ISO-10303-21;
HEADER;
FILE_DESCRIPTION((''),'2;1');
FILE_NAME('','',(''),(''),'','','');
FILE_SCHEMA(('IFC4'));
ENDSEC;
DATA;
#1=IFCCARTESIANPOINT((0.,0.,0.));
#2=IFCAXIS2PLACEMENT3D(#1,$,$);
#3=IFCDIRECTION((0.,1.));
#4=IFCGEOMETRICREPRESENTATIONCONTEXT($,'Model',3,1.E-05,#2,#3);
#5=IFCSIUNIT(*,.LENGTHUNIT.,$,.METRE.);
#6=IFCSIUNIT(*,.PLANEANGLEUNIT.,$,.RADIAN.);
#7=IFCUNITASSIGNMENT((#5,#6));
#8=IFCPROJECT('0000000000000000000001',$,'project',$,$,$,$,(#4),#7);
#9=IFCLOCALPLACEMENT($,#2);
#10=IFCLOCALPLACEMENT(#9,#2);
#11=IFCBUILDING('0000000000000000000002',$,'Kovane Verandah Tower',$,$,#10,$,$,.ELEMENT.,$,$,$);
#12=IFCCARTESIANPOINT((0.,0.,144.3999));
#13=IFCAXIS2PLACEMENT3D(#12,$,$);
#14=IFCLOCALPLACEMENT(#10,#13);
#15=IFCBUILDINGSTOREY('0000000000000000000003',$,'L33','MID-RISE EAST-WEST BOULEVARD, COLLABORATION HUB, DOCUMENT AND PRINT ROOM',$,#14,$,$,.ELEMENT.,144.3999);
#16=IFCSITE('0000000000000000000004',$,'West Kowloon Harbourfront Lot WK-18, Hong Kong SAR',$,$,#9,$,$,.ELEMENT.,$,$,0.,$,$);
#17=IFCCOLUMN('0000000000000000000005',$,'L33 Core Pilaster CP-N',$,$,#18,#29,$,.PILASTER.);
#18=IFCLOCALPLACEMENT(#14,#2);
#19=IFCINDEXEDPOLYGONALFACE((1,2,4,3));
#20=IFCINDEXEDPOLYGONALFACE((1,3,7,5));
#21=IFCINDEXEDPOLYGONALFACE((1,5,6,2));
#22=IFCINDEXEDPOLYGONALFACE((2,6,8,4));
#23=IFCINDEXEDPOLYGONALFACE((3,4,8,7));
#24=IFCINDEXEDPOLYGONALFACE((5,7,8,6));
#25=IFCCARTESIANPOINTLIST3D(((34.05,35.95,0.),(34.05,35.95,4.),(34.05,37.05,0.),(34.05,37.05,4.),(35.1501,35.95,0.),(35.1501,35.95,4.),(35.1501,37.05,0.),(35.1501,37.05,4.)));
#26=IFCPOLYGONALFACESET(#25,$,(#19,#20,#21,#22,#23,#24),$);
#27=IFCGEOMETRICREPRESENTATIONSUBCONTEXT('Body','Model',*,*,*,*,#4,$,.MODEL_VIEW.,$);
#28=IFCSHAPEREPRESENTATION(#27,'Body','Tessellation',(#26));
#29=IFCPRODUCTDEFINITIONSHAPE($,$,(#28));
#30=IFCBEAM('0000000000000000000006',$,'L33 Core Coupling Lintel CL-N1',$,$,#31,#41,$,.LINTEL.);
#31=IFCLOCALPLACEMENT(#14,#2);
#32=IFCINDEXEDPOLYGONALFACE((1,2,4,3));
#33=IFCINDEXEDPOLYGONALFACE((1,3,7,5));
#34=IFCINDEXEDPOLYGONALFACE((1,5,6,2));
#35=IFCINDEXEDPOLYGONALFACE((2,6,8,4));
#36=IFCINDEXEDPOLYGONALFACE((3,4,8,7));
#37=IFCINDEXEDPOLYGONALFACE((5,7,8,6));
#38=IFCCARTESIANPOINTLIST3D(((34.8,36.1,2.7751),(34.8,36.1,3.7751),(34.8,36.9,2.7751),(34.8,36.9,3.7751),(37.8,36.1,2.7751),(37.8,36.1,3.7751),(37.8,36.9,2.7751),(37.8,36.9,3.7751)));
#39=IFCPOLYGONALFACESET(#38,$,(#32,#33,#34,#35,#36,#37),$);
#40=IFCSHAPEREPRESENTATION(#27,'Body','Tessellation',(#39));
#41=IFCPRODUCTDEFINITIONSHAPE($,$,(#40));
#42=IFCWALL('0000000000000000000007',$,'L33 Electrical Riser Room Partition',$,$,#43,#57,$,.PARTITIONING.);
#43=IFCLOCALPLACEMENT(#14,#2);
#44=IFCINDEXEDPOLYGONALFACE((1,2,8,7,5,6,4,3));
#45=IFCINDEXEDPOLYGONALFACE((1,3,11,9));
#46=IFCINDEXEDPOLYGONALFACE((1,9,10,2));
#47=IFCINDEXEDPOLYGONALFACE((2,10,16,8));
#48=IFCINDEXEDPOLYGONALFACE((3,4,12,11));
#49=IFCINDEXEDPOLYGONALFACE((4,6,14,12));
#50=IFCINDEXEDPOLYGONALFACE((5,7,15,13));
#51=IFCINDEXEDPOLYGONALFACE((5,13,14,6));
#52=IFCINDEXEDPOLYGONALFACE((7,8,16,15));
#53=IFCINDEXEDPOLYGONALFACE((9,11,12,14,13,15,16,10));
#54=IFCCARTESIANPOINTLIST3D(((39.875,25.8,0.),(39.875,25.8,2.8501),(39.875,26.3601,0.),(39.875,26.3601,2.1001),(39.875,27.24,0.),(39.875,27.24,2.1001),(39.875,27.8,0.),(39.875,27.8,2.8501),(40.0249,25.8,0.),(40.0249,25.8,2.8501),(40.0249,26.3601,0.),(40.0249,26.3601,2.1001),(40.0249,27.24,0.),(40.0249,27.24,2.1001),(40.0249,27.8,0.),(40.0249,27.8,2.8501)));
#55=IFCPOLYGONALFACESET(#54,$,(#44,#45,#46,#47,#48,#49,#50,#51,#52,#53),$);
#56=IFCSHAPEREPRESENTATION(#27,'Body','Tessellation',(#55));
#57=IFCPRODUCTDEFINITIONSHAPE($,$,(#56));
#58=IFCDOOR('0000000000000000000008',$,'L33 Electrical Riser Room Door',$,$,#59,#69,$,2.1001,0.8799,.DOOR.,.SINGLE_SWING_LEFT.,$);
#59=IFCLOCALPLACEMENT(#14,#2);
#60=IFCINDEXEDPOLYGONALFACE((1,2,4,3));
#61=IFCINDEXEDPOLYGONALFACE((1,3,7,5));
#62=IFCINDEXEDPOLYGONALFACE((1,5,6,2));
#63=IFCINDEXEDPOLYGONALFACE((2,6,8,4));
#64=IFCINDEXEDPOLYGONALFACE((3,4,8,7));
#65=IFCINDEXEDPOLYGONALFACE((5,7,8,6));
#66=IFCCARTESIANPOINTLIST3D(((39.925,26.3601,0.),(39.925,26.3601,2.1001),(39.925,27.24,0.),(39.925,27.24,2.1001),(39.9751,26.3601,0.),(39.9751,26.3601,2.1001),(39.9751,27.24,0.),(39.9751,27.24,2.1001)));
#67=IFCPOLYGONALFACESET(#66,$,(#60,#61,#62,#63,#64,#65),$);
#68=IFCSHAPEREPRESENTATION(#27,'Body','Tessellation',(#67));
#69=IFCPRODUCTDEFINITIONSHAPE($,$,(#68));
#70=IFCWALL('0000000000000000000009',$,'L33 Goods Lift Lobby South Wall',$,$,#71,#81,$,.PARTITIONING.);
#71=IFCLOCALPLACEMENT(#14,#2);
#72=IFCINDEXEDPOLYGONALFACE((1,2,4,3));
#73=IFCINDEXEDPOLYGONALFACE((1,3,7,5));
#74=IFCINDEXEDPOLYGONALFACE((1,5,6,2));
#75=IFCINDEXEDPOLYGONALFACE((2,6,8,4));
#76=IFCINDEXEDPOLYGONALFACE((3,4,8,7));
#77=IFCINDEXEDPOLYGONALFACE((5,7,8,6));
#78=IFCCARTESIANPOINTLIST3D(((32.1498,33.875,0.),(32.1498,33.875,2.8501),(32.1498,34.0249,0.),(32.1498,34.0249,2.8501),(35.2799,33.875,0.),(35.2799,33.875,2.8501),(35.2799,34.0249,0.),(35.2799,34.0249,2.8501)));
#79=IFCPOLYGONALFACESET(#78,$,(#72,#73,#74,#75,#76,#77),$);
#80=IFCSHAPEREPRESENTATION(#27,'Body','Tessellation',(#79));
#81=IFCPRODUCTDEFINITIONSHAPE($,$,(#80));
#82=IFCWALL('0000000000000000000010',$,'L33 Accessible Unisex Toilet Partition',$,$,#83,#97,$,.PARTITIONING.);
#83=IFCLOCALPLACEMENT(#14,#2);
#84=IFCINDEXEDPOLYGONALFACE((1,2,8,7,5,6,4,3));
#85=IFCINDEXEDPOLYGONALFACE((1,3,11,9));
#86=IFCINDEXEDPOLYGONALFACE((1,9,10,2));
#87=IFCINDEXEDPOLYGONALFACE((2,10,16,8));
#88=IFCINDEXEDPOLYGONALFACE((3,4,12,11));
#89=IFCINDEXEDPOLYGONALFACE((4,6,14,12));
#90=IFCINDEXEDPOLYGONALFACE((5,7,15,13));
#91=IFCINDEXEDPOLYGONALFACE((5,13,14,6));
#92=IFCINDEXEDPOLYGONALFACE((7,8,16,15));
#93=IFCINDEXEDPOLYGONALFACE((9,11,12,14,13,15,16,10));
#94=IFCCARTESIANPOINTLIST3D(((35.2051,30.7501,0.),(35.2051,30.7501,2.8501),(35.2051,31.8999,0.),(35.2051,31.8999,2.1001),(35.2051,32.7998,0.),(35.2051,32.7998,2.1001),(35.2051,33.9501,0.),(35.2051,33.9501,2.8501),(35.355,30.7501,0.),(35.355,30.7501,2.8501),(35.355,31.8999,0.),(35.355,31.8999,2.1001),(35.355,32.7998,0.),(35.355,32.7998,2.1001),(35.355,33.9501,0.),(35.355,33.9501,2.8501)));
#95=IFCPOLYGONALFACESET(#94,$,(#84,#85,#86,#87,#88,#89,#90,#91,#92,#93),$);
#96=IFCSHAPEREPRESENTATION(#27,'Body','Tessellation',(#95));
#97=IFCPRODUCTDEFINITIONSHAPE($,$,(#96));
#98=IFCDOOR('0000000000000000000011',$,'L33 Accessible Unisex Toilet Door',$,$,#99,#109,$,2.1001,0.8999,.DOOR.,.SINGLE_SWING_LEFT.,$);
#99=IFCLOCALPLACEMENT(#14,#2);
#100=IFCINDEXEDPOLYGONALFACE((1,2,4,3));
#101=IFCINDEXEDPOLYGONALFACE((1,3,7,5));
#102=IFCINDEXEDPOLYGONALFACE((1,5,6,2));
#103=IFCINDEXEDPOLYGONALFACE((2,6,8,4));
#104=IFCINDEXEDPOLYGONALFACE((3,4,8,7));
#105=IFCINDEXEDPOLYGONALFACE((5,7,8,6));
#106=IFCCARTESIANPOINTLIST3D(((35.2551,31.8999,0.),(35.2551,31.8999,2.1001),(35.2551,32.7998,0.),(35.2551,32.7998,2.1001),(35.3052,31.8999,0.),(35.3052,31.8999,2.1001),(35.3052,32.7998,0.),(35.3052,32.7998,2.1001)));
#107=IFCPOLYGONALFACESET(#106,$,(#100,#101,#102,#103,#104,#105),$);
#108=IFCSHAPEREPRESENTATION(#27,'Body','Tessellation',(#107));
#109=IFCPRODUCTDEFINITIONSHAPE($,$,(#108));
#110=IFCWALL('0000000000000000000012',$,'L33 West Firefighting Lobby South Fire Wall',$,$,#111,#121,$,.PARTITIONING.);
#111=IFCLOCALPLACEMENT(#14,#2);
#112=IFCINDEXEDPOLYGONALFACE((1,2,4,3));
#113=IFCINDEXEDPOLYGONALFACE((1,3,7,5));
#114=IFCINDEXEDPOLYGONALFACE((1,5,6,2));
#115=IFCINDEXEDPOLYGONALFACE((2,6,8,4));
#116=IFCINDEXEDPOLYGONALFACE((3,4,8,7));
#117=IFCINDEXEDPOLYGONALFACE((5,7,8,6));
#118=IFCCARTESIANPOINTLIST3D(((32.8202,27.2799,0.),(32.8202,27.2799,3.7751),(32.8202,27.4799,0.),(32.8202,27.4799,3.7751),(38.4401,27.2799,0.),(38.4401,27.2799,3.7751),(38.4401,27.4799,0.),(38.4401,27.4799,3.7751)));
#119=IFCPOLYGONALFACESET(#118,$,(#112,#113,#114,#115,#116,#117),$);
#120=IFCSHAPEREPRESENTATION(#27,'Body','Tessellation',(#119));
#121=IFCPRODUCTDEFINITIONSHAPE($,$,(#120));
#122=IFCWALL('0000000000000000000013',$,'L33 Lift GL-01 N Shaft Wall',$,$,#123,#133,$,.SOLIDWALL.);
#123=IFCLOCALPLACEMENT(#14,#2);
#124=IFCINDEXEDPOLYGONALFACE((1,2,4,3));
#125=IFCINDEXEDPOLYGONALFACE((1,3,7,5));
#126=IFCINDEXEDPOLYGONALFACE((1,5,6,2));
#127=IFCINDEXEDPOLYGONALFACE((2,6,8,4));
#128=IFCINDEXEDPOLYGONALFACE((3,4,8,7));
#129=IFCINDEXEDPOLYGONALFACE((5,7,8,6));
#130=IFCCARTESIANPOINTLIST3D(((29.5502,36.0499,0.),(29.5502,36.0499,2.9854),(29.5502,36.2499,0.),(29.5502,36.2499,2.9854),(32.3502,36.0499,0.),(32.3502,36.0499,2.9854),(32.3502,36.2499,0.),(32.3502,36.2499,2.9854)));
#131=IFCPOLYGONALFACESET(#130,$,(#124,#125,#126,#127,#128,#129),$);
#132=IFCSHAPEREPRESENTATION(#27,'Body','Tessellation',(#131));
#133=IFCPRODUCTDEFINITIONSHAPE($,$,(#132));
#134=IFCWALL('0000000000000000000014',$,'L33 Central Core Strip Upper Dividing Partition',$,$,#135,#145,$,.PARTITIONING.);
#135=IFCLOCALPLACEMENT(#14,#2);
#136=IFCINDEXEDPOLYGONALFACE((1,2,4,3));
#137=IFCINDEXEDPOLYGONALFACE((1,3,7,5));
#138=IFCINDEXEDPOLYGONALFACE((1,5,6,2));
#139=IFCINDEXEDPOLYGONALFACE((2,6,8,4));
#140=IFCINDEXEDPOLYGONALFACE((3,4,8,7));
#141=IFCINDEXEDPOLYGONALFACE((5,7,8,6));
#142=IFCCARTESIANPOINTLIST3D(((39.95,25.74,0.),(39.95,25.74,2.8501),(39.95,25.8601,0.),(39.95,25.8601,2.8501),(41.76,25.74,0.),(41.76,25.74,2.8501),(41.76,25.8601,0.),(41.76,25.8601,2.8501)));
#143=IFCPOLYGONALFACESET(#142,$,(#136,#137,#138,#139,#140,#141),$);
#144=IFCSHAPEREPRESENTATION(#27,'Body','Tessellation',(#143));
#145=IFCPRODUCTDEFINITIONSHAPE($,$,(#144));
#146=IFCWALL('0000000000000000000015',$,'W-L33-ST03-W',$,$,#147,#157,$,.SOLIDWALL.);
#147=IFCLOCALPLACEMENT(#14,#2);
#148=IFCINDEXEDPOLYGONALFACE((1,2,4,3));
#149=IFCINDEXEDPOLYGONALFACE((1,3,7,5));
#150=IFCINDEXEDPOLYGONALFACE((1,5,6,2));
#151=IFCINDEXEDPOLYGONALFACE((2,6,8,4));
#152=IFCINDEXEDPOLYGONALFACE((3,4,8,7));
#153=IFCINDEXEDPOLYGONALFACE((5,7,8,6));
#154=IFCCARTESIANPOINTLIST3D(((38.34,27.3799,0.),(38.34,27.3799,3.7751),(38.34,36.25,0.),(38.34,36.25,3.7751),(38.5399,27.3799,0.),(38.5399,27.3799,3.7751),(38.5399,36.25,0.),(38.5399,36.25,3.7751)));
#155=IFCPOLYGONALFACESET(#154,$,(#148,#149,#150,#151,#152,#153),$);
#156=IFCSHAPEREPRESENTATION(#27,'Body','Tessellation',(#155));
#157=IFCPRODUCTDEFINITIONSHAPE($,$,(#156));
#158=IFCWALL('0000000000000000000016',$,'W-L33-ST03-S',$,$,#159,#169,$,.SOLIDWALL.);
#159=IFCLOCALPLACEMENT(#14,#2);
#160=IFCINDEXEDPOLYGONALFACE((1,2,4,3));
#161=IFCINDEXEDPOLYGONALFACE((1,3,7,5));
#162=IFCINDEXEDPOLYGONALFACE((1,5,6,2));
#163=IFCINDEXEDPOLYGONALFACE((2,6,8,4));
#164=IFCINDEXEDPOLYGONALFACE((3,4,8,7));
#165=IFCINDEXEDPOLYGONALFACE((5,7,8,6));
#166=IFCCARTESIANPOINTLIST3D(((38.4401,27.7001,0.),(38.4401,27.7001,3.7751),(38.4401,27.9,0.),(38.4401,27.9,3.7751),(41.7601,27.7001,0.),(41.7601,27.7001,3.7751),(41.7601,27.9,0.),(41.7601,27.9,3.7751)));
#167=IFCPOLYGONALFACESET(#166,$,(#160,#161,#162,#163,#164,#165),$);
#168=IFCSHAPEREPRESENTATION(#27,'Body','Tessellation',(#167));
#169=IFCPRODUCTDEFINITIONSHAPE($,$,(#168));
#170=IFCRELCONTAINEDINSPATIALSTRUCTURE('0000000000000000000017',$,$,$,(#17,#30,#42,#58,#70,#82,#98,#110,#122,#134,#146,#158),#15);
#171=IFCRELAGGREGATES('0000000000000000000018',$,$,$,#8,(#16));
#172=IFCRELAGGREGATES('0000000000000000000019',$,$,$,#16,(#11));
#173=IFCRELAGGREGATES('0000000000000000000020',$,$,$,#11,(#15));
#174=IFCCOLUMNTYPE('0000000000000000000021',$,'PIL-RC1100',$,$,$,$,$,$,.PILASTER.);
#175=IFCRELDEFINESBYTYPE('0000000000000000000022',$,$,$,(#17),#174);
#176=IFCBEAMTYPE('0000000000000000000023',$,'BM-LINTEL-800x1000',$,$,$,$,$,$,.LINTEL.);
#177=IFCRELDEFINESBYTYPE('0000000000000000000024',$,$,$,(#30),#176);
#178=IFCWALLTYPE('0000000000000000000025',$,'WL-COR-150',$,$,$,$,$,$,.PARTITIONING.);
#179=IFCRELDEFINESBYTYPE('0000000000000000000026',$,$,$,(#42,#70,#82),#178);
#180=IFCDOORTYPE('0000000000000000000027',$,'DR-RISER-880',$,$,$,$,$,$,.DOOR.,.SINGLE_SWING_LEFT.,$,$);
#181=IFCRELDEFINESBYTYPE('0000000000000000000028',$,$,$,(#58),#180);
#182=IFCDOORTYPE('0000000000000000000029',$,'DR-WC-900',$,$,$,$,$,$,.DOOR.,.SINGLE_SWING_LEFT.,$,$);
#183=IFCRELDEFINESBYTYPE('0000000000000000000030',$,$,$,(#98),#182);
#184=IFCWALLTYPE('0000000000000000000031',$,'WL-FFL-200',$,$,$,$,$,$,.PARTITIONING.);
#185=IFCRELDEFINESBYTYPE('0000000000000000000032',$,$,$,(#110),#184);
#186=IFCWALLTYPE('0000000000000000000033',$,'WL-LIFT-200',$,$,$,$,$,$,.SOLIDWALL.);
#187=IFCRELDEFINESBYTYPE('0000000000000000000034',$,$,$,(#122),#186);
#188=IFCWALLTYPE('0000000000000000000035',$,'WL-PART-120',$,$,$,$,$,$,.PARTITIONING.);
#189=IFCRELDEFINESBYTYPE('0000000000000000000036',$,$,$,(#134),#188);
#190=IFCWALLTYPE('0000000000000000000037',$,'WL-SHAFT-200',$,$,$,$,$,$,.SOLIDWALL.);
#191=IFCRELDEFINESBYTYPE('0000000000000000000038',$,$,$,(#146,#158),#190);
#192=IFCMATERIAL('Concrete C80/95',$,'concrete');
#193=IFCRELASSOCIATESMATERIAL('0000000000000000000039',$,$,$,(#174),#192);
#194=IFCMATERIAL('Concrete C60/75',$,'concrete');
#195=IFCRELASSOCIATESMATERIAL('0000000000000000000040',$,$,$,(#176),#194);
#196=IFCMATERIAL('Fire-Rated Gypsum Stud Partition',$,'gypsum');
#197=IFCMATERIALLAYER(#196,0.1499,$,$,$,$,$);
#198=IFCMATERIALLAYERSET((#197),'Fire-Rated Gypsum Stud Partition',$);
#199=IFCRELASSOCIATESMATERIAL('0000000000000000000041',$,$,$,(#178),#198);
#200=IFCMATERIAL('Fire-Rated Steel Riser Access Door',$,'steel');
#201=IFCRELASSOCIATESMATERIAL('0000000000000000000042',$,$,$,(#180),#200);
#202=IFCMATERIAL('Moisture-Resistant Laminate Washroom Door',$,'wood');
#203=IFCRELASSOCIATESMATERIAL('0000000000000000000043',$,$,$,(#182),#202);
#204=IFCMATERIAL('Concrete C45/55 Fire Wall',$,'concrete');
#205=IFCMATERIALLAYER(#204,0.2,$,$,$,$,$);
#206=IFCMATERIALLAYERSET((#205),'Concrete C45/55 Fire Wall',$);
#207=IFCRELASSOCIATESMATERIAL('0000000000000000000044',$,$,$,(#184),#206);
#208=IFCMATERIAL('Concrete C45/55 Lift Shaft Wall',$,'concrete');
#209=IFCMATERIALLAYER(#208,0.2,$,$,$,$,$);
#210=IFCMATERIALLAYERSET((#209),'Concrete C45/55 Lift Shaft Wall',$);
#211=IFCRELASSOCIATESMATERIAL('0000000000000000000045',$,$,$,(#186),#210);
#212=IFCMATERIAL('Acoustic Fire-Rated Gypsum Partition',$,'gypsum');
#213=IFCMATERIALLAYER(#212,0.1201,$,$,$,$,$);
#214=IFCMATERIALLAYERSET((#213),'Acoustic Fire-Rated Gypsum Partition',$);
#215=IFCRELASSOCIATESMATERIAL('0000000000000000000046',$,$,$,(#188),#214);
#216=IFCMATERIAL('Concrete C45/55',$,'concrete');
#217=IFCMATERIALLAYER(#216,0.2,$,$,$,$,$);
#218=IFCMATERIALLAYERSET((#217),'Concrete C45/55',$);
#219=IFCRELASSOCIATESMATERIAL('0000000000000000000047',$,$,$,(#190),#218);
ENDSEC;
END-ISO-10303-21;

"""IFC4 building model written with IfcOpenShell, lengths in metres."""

from ifc_helpers import new_model, si_unit, direction, frame, frame_2d, origin, origin_2d, place, context, subcontext, project, spatial, rectangle, extrude, material, layer, layer_set, material_profile, profile_set, type_object, element, fill, save


model = new_model("IFC4")

# Units and contexts
model_context = context("Model", 3, precision=1e-05, world=origin(), true_north=direction((0.0, 1.0)))
body_context = subcontext(model_context, "Body", "Model", "MODEL_VIEW")
ifc_project = project(units=[si_unit("LENGTHUNIT", "METRE"), si_unit("PLANEANGLEUNIT", "RADIAN")], contexts=[model_context])

# Site, building, storey
site_placement = place(None, origin())
site = spatial("IfcSite", under=ifc_project, at=site_placement, Name="West Kowloon Harbourfront Lot WK-18, Hong Kong SAR", CompositionType="ELEMENT", RefElevation=0.0)
building_placement = place(site_placement, origin())
building = spatial("IfcBuilding", under=site, at=building_placement, Name="Kovane Verandah Tower", CompositionType="ELEMENT")
storey_placement = place(building_placement, frame((0.0, 0.0, 144.3999)))
storey = spatial("IfcBuildingStorey", under=building, at=storey_placement, Name="L33", Description="MID-RISE EAST-WEST BOULEVARD, COLLABORATION HUB, DOCUMENT AND PRINT ROOM", CompositionType="ELEMENT", Elevation=144.3999)

# Column
ifc_material_1 = material(Name="Concrete C80/95", Category="concrete")
ifc_material_profile_1 = material_profile(ifc_material_1, rectangle(XDim=1.1001, YDim=1.1001, at=origin_2d()), Name="RC1100x1100")
ifc_profile_set_1 = profile_set([ifc_material_profile_1], Name="Concrete C80/95")
column_type = type_object("IfcColumnType", Name="PIL-RC1100", PredefinedType="PILASTER", material=ifc_profile_set_1)
column_placement = place(storey_placement, frame((34.6001, 36.5, 0.0), z_axis=(0.0, 0.0, 1.0), x_axis=(1.0, 0.0, 0.0)))
element("IfcColumn", 1, at=column_placement, inside=storey, type_object=column_type, Name="L33 Core Pilaster CP-N", PredefinedType="PILASTER", context=body_context, shape_type="SweptSolid", body=[
    extrude(rectangle(XDim=1.1001, YDim=1.1001, at=origin_2d()), origin(), (0.0, 0.0, 1.0), 4.0),
])

# Beam
ifc_material_2 = material(Name="Concrete C60/75", Category="concrete")
ifc_material_profile_2 = material_profile(ifc_material_2, rectangle(XDim=0.8, YDim=1.0, at=origin_2d()), Name="RCB800x1000")
ifc_profile_set_2 = profile_set([ifc_material_profile_2], Name="Concrete C60/75")
beam_type = type_object("IfcBeamType", Name="BM-LINTEL-800x1000", PredefinedType="LINTEL", material=ifc_profile_set_2)
beam_placement = place(storey_placement, frame((34.8, 36.5, 3.2751), z_axis=(1.0, 0.0, 0.0), x_axis=(0.0, 1.0, 0.0)))
element("IfcBeam", 2, at=beam_placement, inside=storey, type_object=beam_type, Name="L33 Core Coupling Lintel CL-N1", PredefinedType="LINTEL", context=body_context, shape_type="SweptSolid", body=[
    extrude(rectangle(XDim=0.8, YDim=1.0, at=origin_2d()), origin(), (0.0, 0.0, 1.0), 3.0),
])

# Wall, opening, door
ifc_material_3 = material(Name="Fire-Rated Gypsum Stud Partition", Category="gypsum")
ifc_layer_1 = layer(ifc_material_3, 0.1499)
ifc_layer_set_1 = layer_set([ifc_layer_1], Name="Fire-Rated Gypsum Stud Partition")
wall_type_1 = type_object("IfcWallType", Name="WL-COR-150", PredefinedType="PARTITIONING", material=ifc_layer_set_1)
wall_1_placement = place(storey_placement, frame((39.95, 25.8, 0.0), z_axis=(0.0, 0.0, 1.0), x_axis=(0.0, 1.0, 0.0)))
wall_1 = element("IfcWall", 3, at=wall_1_placement, inside=storey, type_object=wall_type_1, Name="L33 Electrical Riser Room Partition", PredefinedType="PARTITIONING", context=body_context, shape_type="SweptSolid", body=[
    extrude(rectangle(XDim=2.0, YDim=0.1499, at=frame_2d((1.0, 0.0))), origin(), (0.0, 0.0, 1.0), 2.8501),
])
opening_1_placement = place(wall_1_placement, frame((0.5601, 0.0, 0.0)))
opening_1 = element("IfcOpeningElement", 4, at=opening_1_placement, cuts=wall_1, PredefinedType="OPENING", context=body_context, shape_type="SweptSolid", body=[
    extrude(rectangle(XDim=0.8799, YDim=2.1001, at=frame_2d((0.4399, 1.05))), frame((0.0, 0.075, 0.0), z_axis=(0.0, -1.0, 0.0), x_axis=(1.0, 0.0, 0.0)), (0.0, 0.0, 1.0), 0.1499),
])
ifc_material_4 = material(Name="Fire-Rated Steel Riser Access Door", Category="steel")
door_type_1 = type_object("IfcDoorType", Name="DR-RISER-880", OperationType="SINGLE_SWING_LEFT", PredefinedType="DOOR", material=ifc_material_4)
door_1_placement = place(opening_1_placement, origin())
door_1 = element("IfcDoor", 5, at=door_1_placement, inside=storey, type_object=door_type_1, Name="L33 Electrical Riser Room Door", OperationType="SINGLE_SWING_LEFT", OverallHeight=2.1001, OverallWidth=0.8799, PredefinedType="DOOR", context=body_context, shape_type="SweptSolid", body=[
    extrude(rectangle(XDim=0.8799, YDim=2.1001, at=frame_2d((0.4399, 1.05))), frame((0.0, 0.0249, 0.0), z_axis=(0.0, -1.0, 0.0), x_axis=(1.0, 0.0, 0.0)), (0.0, 0.0, 1.0), 0.05),
])
fill(opening_1, door_1)

# Wall
wall_2_placement = place(storey_placement, frame((32.1499, 33.95, 0.0), z_axis=(0.0, 0.0, 1.0), x_axis=(1.0, 0.0, 0.0)))
element("IfcWall", 6, at=wall_2_placement, inside=storey, type_object=wall_type_1, Name="L33 Goods Lift Lobby South Wall", PredefinedType="PARTITIONING", context=body_context, shape_type="SweptSolid", body=[
    extrude(rectangle(XDim=3.1301, YDim=0.1499, at=frame_2d((1.5649, 0.0))), origin(), (0.0, 0.0, 1.0), 2.8501),
])

# Wall, opening, door
wall_3_placement = place(storey_placement, frame((35.28, 30.75, 0.0), z_axis=(0.0, 0.0, 1.0), x_axis=(0.0, 1.0, 0.0)))
wall_3 = element("IfcWall", 7, at=wall_3_placement, inside=storey, type_object=wall_type_1, Name="L33 Accessible Unisex Toilet Partition", PredefinedType="PARTITIONING", context=body_context, shape_type="SweptSolid", body=[
    extrude(rectangle(XDim=3.2, YDim=0.1499, at=frame_2d((1.6001, 0.0))), origin(), (0.0, 0.0, 1.0), 2.8501),
])
opening_2_placement = place(wall_3_placement, frame((1.1499, 0.0, 0.0)))
opening_2 = element("IfcOpeningElement", 8, at=opening_2_placement, cuts=wall_3, PredefinedType="OPENING", context=body_context, shape_type="SweptSolid", body=[
    extrude(rectangle(XDim=0.8999, YDim=2.1001, at=frame_2d((0.45, 1.05))), frame((0.0, 0.075, 0.0), z_axis=(0.0, -1.0, 0.0), x_axis=(1.0, 0.0, 0.0)), (0.0, 0.0, 1.0), 0.1499),
])
ifc_material_5 = material(Name="Moisture-Resistant Laminate Washroom Door", Category="wood")
door_type_2 = type_object("IfcDoorType", Name="DR-WC-900", OperationType="SINGLE_SWING_LEFT", PredefinedType="DOOR", material=ifc_material_5)
door_2_placement = place(opening_2_placement, origin())
door_2 = element("IfcDoor", 9, at=door_2_placement, inside=storey, type_object=door_type_2, Name="L33 Accessible Unisex Toilet Door", OperationType="SINGLE_SWING_LEFT", OverallHeight=2.1001, OverallWidth=0.8999, PredefinedType="DOOR", context=body_context, shape_type="SweptSolid", body=[
    extrude(rectangle(XDim=0.8999, YDim=2.1001, at=frame_2d((0.45, 1.05))), frame((0.0, 0.0249, 0.0), z_axis=(0.0, -1.0, 0.0), x_axis=(1.0, 0.0, 0.0)), (0.0, 0.0, 1.0), 0.05),
])
fill(opening_2, door_2)
ifc_material_6 = material(Name="Concrete C45/55 Fire Wall", Category="concrete")
ifc_layer_2 = layer(ifc_material_6, 0.2)
ifc_layer_set_2 = layer_set([ifc_layer_2], Name="Concrete C45/55 Fire Wall")
wall_type_2 = type_object("IfcWallType", Name="WL-FFL-200", PredefinedType="PARTITIONING", material=ifc_layer_set_2)

# Walls
wall_4_placement = place(storey_placement, frame((32.8201, 27.3799, 0.0), z_axis=(0.0, 0.0, 1.0), x_axis=(1.0, 0.0, 0.0)))
element("IfcWall", 10, at=wall_4_placement, inside=storey, type_object=wall_type_2, Name="L33 West Firefighting Lobby South Fire Wall", PredefinedType="PARTITIONING", context=body_context, shape_type="SweptSolid", body=[
    extrude(rectangle(XDim=5.6199, YDim=0.2, at=frame_2d((2.8101, 0.0))), origin(), (0.0, 0.0, 1.0), 3.7751),
])
ifc_material_7 = material(Name="Concrete C45/55 Lift Shaft Wall", Category="concrete")
ifc_layer_3 = layer(ifc_material_7, 0.2)
ifc_layer_set_3 = layer_set([ifc_layer_3], Name="Concrete C45/55 Lift Shaft Wall")
wall_type_3 = type_object("IfcWallType", Name="WL-LIFT-200", PredefinedType="SOLIDWALL", material=ifc_layer_set_3)
wall_5_placement = place(storey_placement, frame((32.3501, 36.1499, 0.0), z_axis=(0.0, 0.0, 1.0), x_axis=(-1.0, 0.0, 0.0)))
element("IfcWall", 11, at=wall_5_placement, inside=storey, type_object=wall_type_3, Name="L33 Lift GL-01 N Shaft Wall", PredefinedType="SOLIDWALL", context=body_context, shape_type="SweptSolid", body=[
    extrude(rectangle(XDim=2.8, YDim=0.2, at=frame_2d((1.3999, 0.0))), origin(), (0.0, 0.0, 1.0), 2.9854),
])

# Walls
ifc_material_8 = material(Name="Acoustic Fire-Rated Gypsum Partition", Category="gypsum")
ifc_layer_4 = layer(ifc_material_8, 0.1201)
ifc_layer_set_4 = layer_set([ifc_layer_4], Name="Acoustic Fire-Rated Gypsum Partition")
wall_type_4 = type_object("IfcWallType", Name="WL-PART-120", PredefinedType="PARTITIONING", material=ifc_layer_set_4)
wall_6_placement = place(storey_placement, frame((39.95, 25.8, 0.0), z_axis=(0.0, 0.0, 1.0), x_axis=(1.0, 0.0, 0.0)))
element("IfcWall", 12, at=wall_6_placement, inside=storey, type_object=wall_type_4, Name="L33 Central Core Strip Upper Dividing Partition", PredefinedType="PARTITIONING", context=body_context, shape_type="SweptSolid", body=[
    extrude(rectangle(XDim=1.8101, YDim=0.1201, at=frame_2d((0.905, 0.0))), origin(), (0.0, 0.0, 1.0), 2.8501),
])
ifc_material_9 = material(Name="Concrete C45/55", Category="concrete")
ifc_layer_5 = layer(ifc_material_9, 0.2)
ifc_layer_set_5 = layer_set([ifc_layer_5], Name="Concrete C45/55")
wall_type_5 = type_object("IfcWallType", Name="WL-SHAFT-200", PredefinedType="SOLIDWALL", material=ifc_layer_set_5)
wall_7_placement = place(storey_placement, frame((38.4399, 27.3799, 0.0), z_axis=(0.0, 0.0, 1.0), x_axis=(0.0, 1.0, 0.0)))
element("IfcWall", 13, at=wall_7_placement, inside=storey, type_object=wall_type_5, Name="W-L33-ST03-W", PredefinedType="SOLIDWALL", context=body_context, shape_type="SweptSolid", body=[
    extrude(rectangle(XDim=8.8701, YDim=0.2, at=frame_2d((4.4351, 0.0))), origin(), (0.0, 0.0, 1.0), 3.7751),
])
wall_8_placement = place(storey_placement, frame((38.4399, 27.8, 0.0), z_axis=(0.0, 0.0, 1.0), x_axis=(1.0, 0.0, 0.0)))
element("IfcWall", 14, at=wall_8_placement, inside=storey, type_object=wall_type_5, Name="W-L33-ST03-S", PredefinedType="SOLIDWALL", context=body_context, shape_type="SweptSolid", body=[
    extrude(rectangle(XDim=3.3201, YDim=0.2, at=frame_2d((1.6602, 0.0))), origin(), (0.0, 0.0, 1.0), 3.7751),
])

save(model, "model.ifc")
